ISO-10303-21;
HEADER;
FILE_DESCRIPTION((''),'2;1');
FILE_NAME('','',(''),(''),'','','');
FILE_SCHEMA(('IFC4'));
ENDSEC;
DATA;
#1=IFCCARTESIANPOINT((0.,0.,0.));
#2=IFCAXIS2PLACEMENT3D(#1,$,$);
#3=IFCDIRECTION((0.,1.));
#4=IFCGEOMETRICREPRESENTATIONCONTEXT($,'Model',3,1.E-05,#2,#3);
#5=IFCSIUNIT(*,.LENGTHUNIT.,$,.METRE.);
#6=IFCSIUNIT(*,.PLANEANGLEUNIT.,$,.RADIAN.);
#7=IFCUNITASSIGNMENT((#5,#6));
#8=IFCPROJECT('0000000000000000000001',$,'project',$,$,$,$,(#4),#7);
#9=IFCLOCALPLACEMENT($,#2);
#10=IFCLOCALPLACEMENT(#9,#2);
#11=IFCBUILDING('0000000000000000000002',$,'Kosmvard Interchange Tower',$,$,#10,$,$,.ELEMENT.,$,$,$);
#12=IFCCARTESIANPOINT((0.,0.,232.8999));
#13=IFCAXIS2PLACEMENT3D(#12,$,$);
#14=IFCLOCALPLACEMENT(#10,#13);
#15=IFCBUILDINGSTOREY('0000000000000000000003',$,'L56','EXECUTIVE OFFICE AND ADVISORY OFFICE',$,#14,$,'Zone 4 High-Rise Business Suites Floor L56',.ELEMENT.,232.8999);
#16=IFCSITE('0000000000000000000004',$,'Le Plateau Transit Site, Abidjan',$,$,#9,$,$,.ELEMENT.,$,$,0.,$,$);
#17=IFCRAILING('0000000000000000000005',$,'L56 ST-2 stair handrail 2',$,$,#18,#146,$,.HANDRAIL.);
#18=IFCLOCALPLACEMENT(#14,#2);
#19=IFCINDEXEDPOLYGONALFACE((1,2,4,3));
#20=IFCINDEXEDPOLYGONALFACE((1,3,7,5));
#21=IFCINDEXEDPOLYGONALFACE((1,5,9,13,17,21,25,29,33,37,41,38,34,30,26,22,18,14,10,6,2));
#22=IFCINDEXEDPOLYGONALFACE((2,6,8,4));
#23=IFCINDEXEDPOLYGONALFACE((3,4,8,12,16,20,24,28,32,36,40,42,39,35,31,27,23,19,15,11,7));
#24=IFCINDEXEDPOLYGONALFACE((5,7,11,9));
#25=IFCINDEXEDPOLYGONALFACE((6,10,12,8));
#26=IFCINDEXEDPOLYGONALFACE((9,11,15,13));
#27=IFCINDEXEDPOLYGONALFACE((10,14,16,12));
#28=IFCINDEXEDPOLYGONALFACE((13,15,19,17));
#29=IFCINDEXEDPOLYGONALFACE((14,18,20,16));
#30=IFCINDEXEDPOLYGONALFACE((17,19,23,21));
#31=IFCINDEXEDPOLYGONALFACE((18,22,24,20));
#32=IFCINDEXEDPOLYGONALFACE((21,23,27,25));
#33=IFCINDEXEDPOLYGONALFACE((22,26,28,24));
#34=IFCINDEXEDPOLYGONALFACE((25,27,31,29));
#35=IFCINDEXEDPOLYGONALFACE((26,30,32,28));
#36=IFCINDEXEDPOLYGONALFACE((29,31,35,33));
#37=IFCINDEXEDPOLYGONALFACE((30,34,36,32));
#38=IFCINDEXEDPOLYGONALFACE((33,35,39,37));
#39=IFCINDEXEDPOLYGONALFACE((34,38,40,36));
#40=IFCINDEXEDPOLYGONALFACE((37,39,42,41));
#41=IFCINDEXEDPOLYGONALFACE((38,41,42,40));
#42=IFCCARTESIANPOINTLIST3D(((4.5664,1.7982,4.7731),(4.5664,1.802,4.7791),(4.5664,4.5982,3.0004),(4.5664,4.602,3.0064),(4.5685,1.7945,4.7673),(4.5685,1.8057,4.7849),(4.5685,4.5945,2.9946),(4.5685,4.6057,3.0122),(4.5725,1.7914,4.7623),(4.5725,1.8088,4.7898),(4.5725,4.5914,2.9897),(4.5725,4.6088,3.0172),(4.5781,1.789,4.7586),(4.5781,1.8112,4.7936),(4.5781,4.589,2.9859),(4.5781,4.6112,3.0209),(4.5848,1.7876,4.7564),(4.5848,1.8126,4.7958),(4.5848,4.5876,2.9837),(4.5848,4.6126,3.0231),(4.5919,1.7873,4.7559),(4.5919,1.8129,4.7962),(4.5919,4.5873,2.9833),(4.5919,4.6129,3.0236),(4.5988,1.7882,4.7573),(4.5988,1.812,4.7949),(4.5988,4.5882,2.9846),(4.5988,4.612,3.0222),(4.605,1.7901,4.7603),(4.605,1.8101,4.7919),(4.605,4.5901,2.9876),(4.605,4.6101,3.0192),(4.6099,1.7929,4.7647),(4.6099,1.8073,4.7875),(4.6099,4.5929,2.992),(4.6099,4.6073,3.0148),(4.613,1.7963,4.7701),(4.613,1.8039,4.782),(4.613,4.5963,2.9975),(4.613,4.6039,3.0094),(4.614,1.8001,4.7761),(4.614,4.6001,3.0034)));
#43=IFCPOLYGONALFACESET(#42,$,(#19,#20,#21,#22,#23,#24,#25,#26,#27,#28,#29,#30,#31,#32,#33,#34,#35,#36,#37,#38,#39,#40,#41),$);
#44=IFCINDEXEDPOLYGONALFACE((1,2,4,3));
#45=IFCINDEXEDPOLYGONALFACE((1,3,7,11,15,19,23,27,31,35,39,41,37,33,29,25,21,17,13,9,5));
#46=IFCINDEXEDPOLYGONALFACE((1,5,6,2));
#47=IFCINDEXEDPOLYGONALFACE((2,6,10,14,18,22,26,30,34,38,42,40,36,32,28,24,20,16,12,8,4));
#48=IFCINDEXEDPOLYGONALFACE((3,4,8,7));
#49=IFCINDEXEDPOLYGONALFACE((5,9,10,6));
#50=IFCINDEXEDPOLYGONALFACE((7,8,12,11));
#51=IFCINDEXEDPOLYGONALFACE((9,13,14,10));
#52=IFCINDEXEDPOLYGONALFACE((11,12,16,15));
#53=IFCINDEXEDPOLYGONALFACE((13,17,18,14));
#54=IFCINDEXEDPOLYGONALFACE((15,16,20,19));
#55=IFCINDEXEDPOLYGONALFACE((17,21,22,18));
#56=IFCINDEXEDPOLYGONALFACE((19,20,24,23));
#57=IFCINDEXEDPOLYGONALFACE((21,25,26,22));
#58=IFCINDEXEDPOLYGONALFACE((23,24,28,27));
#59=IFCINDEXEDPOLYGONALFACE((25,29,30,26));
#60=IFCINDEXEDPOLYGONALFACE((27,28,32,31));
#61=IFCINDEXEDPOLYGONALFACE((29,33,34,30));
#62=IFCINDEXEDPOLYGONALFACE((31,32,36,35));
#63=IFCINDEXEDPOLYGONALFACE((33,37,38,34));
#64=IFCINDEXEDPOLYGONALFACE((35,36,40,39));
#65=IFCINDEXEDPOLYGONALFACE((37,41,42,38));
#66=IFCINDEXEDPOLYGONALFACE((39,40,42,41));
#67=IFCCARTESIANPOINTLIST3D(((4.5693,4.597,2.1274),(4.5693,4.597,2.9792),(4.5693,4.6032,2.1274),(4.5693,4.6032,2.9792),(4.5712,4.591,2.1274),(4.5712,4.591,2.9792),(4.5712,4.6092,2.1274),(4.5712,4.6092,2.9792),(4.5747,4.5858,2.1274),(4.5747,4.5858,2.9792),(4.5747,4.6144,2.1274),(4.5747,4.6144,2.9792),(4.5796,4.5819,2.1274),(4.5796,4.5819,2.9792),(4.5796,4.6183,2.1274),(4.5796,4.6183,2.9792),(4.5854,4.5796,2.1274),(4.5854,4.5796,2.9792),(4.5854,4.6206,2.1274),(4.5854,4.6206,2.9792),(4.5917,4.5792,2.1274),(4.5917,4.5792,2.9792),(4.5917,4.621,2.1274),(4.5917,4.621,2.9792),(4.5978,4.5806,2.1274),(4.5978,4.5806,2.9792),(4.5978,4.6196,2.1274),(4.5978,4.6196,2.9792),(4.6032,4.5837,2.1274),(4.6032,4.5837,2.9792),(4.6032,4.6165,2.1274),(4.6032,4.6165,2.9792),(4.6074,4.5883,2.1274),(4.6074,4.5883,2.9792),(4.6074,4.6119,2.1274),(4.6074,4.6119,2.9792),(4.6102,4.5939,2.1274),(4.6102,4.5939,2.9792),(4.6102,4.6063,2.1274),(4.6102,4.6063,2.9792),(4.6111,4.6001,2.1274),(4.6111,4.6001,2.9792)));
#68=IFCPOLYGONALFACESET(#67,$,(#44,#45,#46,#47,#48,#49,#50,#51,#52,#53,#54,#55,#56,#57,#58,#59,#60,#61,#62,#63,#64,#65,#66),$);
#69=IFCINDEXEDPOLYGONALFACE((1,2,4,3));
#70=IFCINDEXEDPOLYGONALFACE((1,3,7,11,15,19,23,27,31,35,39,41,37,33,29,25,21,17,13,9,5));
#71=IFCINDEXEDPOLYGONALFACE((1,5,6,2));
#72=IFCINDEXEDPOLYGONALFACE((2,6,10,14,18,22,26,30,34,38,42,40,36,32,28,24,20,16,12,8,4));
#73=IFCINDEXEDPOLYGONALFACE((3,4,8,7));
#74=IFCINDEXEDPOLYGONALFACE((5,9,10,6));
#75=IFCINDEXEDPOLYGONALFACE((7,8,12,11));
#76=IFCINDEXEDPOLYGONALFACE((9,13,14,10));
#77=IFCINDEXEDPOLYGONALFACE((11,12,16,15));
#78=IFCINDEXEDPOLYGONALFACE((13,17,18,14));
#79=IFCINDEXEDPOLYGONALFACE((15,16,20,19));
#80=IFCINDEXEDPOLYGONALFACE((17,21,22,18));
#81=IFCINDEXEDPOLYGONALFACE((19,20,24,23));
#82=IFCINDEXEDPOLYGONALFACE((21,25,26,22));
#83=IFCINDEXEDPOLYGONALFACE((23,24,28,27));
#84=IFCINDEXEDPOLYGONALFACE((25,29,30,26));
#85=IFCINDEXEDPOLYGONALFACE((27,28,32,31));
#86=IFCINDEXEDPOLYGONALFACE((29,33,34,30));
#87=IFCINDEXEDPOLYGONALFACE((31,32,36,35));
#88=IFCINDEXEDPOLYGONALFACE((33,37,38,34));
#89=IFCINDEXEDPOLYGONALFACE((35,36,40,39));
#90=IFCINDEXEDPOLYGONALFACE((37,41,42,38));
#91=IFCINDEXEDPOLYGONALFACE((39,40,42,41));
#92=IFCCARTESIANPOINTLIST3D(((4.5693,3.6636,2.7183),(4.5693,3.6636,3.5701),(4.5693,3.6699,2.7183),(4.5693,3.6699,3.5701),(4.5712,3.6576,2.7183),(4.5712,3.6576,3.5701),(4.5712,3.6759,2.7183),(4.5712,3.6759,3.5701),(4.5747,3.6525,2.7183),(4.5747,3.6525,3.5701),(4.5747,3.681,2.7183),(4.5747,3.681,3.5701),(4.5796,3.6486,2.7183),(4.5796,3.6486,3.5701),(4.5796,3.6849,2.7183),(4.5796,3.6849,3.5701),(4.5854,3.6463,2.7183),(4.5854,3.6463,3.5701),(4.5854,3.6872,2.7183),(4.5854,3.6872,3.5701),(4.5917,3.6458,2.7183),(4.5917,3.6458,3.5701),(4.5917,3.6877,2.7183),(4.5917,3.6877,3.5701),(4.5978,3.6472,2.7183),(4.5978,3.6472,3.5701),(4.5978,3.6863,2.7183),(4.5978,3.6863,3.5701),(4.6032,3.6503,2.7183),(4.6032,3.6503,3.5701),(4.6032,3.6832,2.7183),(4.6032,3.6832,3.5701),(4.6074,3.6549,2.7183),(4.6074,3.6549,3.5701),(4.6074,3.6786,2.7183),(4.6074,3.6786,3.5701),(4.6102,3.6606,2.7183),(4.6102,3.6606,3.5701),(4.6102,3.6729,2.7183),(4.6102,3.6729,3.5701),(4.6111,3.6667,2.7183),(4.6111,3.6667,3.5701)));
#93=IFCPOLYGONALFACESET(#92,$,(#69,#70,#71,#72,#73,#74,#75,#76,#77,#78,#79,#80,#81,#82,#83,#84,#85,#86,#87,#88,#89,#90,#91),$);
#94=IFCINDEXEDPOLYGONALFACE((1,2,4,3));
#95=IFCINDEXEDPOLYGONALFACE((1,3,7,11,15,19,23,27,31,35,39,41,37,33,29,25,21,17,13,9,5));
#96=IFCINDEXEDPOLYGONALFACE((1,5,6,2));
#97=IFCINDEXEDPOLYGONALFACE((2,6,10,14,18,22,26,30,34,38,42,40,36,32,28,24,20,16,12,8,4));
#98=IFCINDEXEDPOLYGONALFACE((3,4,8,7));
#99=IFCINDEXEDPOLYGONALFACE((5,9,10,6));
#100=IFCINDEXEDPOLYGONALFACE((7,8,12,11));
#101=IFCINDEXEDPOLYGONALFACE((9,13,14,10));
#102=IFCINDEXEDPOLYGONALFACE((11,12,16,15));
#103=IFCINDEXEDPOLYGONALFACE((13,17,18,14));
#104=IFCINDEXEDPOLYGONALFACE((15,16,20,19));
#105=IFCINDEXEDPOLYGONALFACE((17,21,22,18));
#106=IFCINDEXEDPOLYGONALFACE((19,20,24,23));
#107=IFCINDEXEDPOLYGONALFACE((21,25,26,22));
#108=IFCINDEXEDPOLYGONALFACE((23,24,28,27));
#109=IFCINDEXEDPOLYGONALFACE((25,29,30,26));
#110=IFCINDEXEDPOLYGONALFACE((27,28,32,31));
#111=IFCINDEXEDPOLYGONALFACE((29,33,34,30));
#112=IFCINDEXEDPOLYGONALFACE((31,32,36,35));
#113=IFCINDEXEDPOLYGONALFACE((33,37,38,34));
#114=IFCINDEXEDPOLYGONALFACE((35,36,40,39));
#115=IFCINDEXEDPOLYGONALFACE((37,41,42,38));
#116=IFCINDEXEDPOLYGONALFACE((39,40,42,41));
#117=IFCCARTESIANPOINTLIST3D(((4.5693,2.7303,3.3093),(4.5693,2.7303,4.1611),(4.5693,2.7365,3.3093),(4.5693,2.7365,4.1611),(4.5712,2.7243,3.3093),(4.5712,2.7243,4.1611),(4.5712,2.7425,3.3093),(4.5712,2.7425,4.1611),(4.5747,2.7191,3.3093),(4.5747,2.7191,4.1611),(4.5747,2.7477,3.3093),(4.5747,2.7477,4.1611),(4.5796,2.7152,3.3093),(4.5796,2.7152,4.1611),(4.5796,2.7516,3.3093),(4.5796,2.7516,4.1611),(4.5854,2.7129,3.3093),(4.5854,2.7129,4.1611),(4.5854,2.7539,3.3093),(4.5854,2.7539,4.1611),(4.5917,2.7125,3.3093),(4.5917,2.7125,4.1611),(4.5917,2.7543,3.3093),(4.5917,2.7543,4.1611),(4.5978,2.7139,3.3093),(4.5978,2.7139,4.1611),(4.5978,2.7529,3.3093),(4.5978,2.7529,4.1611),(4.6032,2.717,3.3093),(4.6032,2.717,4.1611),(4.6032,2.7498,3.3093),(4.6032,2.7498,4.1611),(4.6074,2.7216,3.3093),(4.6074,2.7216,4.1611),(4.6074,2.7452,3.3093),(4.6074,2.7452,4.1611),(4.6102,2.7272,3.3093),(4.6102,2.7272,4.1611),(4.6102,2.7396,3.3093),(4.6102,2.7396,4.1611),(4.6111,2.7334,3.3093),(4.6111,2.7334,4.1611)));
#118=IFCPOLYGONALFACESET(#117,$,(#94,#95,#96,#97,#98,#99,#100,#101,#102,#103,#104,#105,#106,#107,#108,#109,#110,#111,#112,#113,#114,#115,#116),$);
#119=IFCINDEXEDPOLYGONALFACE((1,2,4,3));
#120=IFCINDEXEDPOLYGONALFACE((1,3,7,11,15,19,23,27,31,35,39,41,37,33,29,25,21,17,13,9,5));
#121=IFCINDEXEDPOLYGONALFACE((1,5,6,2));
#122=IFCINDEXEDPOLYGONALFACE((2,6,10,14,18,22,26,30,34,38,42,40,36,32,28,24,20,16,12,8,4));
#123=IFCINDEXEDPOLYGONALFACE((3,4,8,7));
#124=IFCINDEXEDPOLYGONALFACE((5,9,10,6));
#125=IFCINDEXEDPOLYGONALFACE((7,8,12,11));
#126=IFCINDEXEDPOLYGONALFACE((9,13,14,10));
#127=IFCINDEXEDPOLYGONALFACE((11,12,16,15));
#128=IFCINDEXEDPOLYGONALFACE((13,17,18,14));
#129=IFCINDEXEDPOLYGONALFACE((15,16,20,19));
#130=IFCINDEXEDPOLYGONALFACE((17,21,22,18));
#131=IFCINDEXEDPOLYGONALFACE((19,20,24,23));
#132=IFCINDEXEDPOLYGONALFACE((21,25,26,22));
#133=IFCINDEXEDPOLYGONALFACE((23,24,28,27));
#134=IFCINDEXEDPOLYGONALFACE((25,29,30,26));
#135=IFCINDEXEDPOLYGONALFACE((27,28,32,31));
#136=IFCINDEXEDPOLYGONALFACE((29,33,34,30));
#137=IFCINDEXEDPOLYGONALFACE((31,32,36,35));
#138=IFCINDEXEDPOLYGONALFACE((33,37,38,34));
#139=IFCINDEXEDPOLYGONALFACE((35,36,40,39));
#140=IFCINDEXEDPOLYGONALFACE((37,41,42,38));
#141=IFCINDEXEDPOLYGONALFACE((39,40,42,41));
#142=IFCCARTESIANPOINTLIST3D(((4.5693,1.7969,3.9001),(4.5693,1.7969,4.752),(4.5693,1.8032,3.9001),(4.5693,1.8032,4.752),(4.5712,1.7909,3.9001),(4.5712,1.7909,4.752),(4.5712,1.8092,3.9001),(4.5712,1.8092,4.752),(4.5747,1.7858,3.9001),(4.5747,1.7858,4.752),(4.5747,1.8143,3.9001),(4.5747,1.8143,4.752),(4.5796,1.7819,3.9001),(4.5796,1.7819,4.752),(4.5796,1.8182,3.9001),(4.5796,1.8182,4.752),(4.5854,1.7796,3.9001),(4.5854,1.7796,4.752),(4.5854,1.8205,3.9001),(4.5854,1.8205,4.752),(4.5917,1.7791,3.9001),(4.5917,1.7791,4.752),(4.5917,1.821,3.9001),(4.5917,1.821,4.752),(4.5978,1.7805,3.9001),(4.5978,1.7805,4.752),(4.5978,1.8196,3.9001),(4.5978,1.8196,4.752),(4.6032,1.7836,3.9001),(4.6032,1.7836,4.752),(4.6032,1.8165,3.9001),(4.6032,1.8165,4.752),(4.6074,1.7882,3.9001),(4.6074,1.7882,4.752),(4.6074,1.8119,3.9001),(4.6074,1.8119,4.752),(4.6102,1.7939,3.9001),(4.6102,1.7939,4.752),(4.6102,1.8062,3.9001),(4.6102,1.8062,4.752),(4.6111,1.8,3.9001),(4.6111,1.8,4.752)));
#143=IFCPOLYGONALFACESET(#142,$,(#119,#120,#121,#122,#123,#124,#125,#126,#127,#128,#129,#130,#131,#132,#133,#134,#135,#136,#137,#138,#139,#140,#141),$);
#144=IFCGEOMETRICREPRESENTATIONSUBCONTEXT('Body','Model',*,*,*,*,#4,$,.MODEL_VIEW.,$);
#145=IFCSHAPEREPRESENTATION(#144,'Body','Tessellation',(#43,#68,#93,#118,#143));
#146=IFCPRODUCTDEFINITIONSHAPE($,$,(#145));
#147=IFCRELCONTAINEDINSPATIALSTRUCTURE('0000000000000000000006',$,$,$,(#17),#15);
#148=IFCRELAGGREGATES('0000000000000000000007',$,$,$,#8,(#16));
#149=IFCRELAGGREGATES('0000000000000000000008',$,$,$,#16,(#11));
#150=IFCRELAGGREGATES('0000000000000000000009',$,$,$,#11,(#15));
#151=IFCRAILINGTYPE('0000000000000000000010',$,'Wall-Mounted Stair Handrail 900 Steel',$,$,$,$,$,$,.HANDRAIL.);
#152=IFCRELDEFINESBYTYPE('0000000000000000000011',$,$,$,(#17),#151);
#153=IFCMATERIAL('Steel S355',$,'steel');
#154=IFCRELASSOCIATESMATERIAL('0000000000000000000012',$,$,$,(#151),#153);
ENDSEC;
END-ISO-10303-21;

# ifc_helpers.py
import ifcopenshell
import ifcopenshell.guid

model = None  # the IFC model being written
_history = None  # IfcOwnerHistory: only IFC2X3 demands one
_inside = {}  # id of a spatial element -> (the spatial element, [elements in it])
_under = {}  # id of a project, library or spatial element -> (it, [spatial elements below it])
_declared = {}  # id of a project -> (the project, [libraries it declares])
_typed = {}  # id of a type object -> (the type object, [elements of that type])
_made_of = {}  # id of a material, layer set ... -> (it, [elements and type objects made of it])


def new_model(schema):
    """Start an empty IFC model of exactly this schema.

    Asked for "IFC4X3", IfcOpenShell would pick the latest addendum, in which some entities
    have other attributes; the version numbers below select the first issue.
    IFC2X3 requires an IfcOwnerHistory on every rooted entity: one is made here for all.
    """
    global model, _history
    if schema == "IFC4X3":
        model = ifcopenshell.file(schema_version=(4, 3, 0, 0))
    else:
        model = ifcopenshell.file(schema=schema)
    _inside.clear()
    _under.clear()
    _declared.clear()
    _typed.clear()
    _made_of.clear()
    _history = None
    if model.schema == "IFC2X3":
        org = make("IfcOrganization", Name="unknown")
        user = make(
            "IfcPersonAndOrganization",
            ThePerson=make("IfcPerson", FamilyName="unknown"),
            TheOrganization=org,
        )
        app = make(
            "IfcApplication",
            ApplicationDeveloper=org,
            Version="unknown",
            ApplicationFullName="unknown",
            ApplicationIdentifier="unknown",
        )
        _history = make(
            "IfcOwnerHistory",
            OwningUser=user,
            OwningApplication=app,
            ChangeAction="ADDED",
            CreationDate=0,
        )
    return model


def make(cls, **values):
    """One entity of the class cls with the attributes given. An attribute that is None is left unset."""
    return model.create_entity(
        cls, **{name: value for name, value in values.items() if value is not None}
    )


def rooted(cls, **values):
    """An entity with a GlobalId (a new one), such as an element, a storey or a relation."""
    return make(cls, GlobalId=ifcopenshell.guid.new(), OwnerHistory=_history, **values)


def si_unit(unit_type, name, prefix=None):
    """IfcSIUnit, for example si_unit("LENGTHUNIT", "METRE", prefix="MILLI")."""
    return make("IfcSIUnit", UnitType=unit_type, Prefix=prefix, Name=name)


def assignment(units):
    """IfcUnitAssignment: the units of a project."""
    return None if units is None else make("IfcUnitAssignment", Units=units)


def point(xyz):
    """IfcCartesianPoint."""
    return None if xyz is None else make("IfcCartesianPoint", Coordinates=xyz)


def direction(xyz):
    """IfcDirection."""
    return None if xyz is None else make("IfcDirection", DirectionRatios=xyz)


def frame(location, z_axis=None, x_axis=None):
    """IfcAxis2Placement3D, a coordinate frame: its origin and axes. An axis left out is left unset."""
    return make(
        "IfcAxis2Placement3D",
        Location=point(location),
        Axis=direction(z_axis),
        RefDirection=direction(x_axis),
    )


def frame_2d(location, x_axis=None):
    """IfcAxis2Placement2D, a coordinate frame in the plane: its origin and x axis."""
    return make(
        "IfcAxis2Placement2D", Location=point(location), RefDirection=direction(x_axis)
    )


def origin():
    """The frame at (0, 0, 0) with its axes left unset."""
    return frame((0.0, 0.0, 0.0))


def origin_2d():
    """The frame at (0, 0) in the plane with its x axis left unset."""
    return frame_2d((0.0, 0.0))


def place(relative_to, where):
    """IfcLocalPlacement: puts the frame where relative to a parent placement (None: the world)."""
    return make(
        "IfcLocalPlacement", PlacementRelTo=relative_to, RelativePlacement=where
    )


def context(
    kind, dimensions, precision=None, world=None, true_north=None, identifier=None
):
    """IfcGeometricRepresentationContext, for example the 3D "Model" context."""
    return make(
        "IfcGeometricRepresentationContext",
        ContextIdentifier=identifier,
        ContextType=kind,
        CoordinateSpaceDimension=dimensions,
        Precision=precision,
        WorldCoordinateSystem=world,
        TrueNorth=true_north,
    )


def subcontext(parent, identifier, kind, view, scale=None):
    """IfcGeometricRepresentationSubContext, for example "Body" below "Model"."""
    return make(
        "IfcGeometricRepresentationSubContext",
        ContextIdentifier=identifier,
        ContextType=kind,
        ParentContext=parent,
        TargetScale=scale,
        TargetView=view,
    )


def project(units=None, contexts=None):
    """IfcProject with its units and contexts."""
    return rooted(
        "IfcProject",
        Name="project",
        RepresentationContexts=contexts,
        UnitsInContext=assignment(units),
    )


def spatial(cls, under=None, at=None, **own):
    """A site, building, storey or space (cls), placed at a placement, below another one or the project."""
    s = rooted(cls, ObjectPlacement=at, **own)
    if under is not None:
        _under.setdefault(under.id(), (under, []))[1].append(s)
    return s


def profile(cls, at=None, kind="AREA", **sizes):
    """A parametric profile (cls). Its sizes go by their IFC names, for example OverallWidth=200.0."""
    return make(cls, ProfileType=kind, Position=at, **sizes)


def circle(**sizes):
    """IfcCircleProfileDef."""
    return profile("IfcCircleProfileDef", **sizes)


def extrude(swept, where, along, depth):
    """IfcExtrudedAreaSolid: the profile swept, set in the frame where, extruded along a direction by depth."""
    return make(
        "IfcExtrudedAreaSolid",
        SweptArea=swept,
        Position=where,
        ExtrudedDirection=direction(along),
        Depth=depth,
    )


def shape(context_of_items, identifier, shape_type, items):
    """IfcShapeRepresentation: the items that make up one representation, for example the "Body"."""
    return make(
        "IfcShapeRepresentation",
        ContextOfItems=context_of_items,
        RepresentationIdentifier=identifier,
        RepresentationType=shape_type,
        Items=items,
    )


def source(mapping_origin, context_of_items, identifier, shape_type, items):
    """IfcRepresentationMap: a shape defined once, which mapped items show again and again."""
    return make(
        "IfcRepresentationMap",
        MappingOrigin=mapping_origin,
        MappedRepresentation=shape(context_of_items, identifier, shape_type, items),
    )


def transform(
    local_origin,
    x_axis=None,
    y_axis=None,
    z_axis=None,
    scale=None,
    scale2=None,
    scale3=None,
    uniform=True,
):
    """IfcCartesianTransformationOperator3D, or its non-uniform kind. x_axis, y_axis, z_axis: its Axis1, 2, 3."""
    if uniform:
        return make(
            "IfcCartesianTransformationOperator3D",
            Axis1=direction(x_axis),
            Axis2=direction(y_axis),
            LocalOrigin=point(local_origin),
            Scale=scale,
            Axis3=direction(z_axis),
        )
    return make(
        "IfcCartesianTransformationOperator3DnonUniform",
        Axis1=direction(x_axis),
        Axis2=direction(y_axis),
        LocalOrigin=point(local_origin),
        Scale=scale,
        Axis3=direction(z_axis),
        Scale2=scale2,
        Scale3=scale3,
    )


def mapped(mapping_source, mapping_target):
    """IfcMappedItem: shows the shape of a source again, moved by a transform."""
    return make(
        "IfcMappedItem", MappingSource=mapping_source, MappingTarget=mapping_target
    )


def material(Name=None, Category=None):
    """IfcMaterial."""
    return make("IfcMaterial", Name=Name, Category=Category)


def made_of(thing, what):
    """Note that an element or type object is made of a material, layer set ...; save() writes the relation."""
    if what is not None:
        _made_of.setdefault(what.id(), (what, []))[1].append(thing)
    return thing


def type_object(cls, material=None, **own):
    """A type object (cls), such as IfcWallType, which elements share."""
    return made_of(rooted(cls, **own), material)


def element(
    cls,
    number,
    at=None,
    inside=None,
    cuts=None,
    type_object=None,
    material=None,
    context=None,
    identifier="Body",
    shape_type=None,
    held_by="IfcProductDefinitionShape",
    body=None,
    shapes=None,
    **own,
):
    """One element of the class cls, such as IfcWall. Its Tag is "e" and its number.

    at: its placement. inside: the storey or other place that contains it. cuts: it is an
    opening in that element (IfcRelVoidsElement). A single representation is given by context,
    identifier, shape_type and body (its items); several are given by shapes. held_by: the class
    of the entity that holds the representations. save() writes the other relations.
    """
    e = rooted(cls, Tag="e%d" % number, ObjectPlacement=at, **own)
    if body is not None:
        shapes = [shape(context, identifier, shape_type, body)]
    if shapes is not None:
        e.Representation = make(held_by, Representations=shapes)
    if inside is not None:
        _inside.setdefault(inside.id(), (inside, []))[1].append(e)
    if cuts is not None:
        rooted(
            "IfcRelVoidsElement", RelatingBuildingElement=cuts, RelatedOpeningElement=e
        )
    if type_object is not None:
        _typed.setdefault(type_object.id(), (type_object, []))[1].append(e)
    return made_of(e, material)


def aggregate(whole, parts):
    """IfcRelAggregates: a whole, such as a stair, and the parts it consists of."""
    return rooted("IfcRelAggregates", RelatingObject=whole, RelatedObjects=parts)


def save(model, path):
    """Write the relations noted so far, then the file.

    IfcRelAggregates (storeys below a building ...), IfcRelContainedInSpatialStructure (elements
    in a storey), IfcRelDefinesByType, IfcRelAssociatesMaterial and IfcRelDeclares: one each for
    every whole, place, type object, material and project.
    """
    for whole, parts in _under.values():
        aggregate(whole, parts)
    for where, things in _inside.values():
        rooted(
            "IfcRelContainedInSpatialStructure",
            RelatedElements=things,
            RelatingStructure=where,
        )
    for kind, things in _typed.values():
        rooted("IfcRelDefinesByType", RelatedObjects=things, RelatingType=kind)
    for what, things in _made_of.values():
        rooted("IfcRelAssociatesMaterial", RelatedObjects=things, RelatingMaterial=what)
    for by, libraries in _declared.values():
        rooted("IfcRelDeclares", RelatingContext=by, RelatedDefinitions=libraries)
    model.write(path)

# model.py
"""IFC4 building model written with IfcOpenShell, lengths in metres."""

from ifc_helpers import new_model, si_unit, direction, frame, origin, origin_2d, place, context, subcontext, project, spatial, circle, extrude, source, transform, mapped, material, type_object, element, save


model = new_model("IFC4")

# Units and contexts
model_context = context("Model", 3, precision=1e-05, world=origin(), true_north=direction((0.0, 1.0)))
body_context = subcontext(model_context, "Body", "Model", "MODEL_VIEW")
ifc_project = project(units=[si_unit("LENGTHUNIT", "METRE"), si_unit("PLANEANGLEUNIT", "RADIAN")], contexts=[model_context])

# Site, building, storey
site_placement = place(None, origin())
site = spatial("IfcSite", under=ifc_project, at=site_placement, Name="Le Plateau Transit Site, Abidjan", CompositionType="ELEMENT", RefElevation=0.0)
building_placement = place(site_placement, origin())
building = spatial("IfcBuilding", under=site, at=building_placement, Name="Kosmvard Interchange Tower", CompositionType="ELEMENT")
storey_placement = place(building_placement, frame((0.0, 0.0, 232.8999)))
storey = spatial("IfcBuildingStorey", under=building, at=storey_placement, Name="L56", Description="EXECUTIVE OFFICE AND ADVISORY OFFICE", LongName="Zone 4 High-Rise Business Suites Floor L56", CompositionType="ELEMENT", Elevation=232.8999)

# Shared definitions
ifc_material_1 = material(Name="Steel S355", Category="steel")

# Railing
railing_type_1 = type_object("IfcRailingType", Name="Wall-Mounted Stair Handrail 900 Steel", PredefinedType="HANDRAIL", material=ifc_material_1)
shared_shape_1 = source(origin(), body_context, "Body", "SweptSolid", [
    extrude(circle(Radius=0.0239, at=origin_2d()), frame((0.0, 0.0, 0.876), z_axis=(0.0, -0.844909, 0.53491), x_axis=(1.0, 0.0, 0.0)), (0.0, 0.0, 1.0), 3.314),
    extrude(circle(Radius=0.021, at=origin_2d()), origin(), (0.0, 0.0, 1.0), 0.8518),
    extrude(circle(Radius=0.021, at=origin_2d()), frame((0.0, -0.9333, 0.5908)), (0.0, 0.0, 1.0), 0.8518),
    extrude(circle(Radius=0.021, at=origin_2d()), frame((0.0, -1.8667, 1.1819)), (0.0, 0.0, 1.0), 0.8518),
    extrude(circle(Radius=0.021, at=origin_2d()), frame((0.0, -2.8, 1.7727)), (0.0, 0.0, 1.0), 0.8518),
])
railing_1_placement = place(storey_placement, frame((4.5901, 4.6001, 2.1274)))
element("IfcRailing", 1, at=railing_1_placement, inside=storey, type_object=railing_type_1, Name="L56 ST-2 stair handrail 2", PredefinedType="HANDRAIL", context=body_context, shape_type="MappedRepresentation", body=[
    mapped(shared_shape_1, transform((0.0, 0.0, 0.0), scale=1.0)),
])

save(model, "model.ifc")
